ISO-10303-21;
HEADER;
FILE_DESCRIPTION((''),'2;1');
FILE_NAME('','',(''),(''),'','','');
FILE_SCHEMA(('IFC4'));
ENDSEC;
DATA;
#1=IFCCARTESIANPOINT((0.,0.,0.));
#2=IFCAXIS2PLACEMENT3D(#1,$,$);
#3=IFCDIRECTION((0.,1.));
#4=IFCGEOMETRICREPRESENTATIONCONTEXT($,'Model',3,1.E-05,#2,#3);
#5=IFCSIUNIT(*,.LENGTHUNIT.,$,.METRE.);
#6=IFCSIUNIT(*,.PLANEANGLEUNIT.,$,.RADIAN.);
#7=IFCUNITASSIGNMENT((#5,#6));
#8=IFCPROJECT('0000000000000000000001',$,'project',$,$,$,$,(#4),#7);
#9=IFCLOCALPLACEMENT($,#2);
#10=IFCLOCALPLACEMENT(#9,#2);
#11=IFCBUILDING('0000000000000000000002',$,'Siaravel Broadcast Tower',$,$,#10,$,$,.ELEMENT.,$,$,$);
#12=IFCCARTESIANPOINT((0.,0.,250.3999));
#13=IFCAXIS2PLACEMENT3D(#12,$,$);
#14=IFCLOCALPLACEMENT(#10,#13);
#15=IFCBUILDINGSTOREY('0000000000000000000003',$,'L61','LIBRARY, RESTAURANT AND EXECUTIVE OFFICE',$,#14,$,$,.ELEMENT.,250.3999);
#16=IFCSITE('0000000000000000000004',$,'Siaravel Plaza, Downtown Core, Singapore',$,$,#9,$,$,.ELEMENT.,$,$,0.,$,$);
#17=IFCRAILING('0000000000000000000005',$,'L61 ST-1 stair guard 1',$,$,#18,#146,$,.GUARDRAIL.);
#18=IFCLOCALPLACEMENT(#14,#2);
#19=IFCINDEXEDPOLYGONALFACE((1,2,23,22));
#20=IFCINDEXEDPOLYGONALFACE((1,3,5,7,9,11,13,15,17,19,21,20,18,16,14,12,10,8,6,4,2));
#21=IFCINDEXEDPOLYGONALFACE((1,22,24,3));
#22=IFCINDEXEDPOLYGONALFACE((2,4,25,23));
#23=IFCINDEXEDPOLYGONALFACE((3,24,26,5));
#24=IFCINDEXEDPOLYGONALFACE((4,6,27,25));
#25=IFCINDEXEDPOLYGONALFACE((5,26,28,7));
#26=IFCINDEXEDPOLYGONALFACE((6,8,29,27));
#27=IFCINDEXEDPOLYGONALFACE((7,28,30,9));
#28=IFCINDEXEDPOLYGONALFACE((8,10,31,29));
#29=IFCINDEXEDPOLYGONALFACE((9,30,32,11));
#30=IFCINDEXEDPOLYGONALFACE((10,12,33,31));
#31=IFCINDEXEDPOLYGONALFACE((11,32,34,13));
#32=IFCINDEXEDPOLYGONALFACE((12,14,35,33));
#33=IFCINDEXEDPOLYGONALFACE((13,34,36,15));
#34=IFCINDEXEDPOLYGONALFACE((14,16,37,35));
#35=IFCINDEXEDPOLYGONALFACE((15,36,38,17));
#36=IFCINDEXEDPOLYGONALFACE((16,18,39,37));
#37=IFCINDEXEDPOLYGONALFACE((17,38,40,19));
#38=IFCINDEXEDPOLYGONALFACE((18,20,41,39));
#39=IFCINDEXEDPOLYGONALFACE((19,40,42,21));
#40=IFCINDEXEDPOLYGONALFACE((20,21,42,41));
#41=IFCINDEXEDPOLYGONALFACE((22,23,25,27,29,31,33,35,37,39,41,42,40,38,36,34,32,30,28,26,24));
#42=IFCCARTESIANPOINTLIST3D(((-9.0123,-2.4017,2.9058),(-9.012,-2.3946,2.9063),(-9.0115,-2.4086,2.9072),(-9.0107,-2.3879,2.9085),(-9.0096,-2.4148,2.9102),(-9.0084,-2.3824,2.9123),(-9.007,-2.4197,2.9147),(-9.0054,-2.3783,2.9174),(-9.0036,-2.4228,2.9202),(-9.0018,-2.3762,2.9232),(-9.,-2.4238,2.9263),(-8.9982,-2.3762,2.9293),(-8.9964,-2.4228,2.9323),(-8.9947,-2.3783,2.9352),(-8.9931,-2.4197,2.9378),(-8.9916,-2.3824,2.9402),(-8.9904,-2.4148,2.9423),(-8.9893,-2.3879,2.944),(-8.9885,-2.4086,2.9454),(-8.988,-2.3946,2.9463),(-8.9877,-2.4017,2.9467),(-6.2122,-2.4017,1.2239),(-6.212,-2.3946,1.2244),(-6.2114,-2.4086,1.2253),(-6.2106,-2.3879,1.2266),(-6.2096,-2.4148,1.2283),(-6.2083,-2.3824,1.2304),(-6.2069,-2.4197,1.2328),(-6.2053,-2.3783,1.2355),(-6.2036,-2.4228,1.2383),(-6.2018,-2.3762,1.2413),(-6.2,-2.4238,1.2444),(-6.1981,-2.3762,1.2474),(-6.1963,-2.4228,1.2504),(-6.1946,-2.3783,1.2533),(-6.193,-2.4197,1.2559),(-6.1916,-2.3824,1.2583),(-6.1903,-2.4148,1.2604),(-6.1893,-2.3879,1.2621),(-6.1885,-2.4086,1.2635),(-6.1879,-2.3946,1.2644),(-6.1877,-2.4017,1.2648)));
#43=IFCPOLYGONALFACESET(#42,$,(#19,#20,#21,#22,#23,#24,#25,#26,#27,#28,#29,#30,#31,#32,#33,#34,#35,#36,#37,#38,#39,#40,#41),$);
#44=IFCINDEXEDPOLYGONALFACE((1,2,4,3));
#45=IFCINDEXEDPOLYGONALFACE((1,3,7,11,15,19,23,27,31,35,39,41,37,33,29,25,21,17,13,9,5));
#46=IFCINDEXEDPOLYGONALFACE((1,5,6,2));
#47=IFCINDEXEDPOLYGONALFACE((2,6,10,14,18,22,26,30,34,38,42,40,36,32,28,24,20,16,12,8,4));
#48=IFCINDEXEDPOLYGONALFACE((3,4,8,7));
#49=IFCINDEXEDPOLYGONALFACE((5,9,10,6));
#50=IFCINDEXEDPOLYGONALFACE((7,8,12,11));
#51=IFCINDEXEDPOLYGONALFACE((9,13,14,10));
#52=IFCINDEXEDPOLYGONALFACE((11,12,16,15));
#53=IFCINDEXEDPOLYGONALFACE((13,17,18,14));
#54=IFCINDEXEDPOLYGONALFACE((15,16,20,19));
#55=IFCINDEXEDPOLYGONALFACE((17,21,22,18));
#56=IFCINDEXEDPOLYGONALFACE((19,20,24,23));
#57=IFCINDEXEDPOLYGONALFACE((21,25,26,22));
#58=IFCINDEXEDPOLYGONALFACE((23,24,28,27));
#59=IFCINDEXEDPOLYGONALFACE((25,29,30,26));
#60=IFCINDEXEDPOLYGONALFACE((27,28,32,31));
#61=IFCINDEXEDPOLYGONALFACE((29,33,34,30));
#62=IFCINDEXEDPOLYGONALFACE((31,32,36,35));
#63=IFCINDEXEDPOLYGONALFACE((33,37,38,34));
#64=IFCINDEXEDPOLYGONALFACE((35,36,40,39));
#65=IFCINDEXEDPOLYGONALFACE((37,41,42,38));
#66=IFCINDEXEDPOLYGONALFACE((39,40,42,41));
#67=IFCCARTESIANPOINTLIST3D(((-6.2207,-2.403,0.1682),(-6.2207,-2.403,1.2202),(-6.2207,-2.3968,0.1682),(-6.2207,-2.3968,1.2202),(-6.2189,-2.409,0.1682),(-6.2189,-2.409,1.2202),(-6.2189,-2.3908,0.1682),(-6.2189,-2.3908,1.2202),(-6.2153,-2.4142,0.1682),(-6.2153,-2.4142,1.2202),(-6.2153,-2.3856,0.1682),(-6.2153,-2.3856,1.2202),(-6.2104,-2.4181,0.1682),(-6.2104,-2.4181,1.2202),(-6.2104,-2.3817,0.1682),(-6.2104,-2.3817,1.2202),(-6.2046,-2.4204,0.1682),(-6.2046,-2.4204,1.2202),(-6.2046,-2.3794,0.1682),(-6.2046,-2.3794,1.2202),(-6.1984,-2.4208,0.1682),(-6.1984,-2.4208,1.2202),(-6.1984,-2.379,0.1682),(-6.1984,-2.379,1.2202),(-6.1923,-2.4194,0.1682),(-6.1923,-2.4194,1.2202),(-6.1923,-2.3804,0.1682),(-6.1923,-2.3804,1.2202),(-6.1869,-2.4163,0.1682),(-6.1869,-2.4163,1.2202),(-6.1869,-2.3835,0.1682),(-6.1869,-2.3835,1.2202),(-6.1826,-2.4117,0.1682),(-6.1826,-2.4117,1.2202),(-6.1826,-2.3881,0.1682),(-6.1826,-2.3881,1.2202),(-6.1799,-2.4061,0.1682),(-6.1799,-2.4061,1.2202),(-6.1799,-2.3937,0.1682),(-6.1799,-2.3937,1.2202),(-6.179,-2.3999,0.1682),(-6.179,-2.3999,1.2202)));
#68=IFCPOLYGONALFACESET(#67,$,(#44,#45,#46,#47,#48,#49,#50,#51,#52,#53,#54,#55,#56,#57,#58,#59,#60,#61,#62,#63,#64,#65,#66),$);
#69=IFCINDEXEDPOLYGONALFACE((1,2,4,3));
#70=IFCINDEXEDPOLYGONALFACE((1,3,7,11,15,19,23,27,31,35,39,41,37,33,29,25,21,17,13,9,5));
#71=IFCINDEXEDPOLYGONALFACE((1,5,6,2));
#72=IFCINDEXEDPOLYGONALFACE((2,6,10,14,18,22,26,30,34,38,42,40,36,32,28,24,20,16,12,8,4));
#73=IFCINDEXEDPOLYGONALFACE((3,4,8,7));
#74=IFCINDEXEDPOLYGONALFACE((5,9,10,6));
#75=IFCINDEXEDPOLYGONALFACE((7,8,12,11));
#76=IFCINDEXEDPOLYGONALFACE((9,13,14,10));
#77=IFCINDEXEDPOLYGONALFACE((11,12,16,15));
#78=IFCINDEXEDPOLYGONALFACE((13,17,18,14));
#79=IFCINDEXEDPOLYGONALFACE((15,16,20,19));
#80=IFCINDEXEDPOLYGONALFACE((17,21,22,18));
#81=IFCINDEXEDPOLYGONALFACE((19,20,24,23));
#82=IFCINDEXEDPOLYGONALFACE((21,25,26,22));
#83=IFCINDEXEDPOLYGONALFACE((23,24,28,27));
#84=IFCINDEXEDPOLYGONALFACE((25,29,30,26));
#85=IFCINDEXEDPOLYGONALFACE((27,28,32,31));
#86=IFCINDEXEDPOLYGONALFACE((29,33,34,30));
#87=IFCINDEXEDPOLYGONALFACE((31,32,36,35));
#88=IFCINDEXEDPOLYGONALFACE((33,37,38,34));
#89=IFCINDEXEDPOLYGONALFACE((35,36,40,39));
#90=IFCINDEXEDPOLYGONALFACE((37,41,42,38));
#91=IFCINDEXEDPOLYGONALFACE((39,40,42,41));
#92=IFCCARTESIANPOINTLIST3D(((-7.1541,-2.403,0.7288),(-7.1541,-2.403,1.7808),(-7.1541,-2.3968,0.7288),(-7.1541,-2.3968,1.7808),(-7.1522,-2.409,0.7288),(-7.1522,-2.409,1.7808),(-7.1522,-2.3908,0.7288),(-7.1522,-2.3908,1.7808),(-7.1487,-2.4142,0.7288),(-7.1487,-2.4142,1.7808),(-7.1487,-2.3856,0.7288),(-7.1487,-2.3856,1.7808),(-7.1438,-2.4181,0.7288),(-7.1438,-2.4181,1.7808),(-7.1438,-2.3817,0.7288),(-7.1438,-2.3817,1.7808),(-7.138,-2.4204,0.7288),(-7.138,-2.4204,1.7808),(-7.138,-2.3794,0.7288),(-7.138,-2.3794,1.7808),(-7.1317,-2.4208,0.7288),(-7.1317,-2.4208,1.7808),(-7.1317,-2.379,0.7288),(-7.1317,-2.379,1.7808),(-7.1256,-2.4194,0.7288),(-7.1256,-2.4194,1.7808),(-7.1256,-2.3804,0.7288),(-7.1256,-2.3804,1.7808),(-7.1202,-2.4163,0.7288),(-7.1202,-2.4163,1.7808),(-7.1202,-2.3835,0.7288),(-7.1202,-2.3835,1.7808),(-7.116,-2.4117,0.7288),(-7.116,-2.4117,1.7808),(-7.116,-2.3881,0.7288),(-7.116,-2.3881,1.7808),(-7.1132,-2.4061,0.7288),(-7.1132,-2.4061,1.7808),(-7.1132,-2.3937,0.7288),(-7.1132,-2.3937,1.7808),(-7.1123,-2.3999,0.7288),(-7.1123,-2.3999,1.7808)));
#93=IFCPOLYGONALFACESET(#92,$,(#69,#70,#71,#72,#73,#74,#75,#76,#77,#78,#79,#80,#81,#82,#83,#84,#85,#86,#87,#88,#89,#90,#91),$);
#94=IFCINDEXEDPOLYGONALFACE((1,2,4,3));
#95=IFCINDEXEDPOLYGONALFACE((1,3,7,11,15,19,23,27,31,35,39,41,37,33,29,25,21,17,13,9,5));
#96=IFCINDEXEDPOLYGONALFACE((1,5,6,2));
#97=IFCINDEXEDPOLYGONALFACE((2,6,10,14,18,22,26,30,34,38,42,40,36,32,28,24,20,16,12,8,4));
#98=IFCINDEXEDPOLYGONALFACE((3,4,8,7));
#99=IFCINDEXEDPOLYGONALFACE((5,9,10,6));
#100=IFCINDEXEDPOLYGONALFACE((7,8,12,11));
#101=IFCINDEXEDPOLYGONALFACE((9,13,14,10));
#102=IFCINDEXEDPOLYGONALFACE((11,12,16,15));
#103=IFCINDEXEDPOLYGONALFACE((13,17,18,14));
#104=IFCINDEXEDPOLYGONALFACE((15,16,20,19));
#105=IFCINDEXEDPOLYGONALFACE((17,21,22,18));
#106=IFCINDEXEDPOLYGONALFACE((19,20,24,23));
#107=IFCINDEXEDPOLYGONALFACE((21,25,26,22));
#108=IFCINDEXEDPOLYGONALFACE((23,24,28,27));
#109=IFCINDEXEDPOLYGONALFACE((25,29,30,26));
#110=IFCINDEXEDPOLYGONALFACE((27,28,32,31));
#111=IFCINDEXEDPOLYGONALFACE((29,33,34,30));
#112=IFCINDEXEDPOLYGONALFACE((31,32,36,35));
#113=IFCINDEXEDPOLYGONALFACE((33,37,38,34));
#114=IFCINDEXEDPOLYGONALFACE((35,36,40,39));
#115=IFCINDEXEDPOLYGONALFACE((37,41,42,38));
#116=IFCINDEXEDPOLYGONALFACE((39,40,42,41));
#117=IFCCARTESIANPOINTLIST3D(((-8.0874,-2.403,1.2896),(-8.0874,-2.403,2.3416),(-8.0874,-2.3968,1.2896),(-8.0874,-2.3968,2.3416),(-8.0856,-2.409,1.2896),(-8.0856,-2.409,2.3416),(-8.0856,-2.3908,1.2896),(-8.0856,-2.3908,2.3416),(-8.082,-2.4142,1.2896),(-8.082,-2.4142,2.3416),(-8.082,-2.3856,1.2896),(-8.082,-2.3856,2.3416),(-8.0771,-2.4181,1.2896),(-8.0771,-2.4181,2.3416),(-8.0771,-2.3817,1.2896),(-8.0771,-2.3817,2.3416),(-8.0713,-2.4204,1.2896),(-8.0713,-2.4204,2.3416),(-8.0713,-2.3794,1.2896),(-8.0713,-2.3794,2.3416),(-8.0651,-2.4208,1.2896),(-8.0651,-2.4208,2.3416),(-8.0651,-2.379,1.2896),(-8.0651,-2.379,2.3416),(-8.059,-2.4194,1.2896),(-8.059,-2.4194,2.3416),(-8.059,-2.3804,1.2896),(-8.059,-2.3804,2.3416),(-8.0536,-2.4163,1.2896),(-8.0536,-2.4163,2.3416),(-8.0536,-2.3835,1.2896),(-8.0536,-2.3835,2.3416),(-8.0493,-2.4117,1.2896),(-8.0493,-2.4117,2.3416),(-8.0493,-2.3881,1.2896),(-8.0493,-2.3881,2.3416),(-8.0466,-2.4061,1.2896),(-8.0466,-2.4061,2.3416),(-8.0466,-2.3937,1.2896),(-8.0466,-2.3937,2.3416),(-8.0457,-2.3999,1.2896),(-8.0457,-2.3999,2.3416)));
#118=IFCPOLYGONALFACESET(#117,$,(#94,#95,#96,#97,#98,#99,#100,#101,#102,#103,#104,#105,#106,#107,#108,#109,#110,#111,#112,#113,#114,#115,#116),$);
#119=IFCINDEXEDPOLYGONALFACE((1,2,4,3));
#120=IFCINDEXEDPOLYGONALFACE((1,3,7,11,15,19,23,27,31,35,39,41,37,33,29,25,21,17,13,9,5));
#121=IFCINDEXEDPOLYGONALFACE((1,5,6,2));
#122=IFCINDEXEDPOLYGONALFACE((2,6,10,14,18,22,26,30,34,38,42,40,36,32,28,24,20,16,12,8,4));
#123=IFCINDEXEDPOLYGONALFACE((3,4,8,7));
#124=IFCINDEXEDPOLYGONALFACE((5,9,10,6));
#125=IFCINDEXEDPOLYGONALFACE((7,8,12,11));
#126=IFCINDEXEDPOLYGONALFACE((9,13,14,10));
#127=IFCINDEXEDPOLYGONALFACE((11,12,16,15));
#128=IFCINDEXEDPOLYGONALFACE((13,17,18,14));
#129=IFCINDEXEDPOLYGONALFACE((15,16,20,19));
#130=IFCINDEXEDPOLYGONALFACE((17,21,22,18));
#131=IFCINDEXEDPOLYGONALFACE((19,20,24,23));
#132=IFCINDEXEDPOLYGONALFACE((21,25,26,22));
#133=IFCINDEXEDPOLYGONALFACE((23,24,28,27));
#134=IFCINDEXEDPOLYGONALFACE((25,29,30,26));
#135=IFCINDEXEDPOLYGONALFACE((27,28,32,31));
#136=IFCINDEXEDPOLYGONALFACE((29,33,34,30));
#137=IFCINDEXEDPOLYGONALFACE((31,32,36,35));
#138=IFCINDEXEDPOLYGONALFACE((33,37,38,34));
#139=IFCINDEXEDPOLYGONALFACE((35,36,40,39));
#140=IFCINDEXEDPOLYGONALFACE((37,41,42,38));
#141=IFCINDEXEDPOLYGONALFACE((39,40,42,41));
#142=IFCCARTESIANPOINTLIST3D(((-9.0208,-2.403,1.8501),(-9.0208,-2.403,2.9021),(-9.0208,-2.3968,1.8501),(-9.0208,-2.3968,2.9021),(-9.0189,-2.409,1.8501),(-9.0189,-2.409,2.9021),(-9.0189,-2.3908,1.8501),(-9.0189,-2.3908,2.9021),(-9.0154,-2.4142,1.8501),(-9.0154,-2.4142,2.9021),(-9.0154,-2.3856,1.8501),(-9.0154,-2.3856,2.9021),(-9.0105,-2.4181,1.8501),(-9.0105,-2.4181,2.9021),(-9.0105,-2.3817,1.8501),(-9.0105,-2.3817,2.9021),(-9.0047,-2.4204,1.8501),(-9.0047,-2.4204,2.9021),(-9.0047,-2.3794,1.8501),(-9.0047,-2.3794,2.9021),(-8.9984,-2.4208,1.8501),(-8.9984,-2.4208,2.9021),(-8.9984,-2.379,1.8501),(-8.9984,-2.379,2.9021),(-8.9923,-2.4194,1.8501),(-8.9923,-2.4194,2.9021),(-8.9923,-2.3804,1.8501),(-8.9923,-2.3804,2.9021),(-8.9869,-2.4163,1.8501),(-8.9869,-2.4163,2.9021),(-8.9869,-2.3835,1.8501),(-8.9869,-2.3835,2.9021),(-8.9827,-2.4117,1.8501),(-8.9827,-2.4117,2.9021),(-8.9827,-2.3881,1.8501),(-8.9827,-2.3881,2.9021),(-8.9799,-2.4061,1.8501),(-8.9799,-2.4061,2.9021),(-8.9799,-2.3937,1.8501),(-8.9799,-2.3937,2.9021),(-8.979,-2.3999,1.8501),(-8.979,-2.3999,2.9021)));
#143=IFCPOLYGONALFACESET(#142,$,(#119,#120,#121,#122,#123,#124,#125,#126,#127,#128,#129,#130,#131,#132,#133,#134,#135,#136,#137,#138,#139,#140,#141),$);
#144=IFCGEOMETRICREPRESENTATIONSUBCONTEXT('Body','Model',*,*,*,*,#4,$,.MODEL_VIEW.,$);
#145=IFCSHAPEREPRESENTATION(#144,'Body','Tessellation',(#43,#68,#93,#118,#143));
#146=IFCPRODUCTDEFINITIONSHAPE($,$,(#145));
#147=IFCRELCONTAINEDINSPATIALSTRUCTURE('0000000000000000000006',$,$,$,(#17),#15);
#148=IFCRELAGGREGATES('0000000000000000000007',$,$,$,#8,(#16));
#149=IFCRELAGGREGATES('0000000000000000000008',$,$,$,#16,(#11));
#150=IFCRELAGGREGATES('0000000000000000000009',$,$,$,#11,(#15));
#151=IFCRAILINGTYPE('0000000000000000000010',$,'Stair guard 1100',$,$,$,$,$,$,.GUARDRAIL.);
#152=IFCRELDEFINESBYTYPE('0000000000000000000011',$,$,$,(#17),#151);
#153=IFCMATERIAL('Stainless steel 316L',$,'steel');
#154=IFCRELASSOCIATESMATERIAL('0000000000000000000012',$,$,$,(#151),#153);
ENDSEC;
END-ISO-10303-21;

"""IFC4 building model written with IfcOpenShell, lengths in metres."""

from ifc_helpers import new_model, si_unit, direction, frame, origin, origin_2d, place, context, subcontext, project, spatial, circle, extrude, material, type_object, element, save


model = new_model("IFC4")

# Units and contexts
model_context = context("Model", 3, precision=1e-05, world=origin(), true_north=direction((0.0, 1.0)))
body_context = subcontext(model_context, "Body", "Model", "MODEL_VIEW")
ifc_project = project(units=[si_unit("LENGTHUNIT", "METRE"), si_unit("PLANEANGLEUNIT", "RADIAN")], contexts=[model_context])

# Site, building, storey
site_placement = place(None, origin())
site = spatial("IfcSite", under=ifc_project, at=site_placement, Name="Siaravel Plaza, Downtown Core, Singapore", CompositionType="ELEMENT", RefElevation=0.0)
building_placement = place(site_placement, origin())
building = spatial("IfcBuilding", under=site, at=building_placement, Name="Siaravel Broadcast Tower", CompositionType="ELEMENT")
storey_placement = place(building_placement, frame((0.0, 0.0, 250.3999)))
storey = spatial("IfcBuildingStorey", under=building, at=storey_placement, Name="L61", Description="LIBRARY, RESTAURANT AND EXECUTIVE OFFICE", CompositionType="ELEMENT", Elevation=250.3999)

# Shared definitions
ifc_material_1 = material(Name="Stainless steel 316L", Category="steel")

# Railing
railing_type_1 = type_object("IfcRailingType", Name="Stair guard 1100", PredefinedType="GUARDRAIL", material=ifc_material_1)
railing_1_placement = place(storey_placement, frame((-6.2, -2.3999, 0.1682)))
element("IfcRailing", 1, at=railing_1_placement, inside=storey, type_object=railing_type_1, Name="L61 ST-1 stair guard 1", PredefinedType="GUARDRAIL", context=body_context, shape_type="SweptSolid", body=[
    extrude(circle(Radius=0.0239, at=origin_2d()), frame((0.0, 0.0, 1.0762), z_axis=(-0.857242, 0.0, 0.514913), x_axis=(0.0, -1.0, 0.0)), (0.0, 0.0, 1.0), 3.2664),
    extrude(circle(Radius=0.021, at=origin_2d()), origin(), (0.0, 0.0, 1.0), 1.052),
    extrude(circle(Radius=0.021, at=origin_2d()), frame((-0.9333, 0.0, 0.5605)), (0.0, 0.0, 1.0), 1.052),
    extrude(circle(Radius=0.021, at=origin_2d()), frame((-1.8667, 0.0, 1.1213)), (0.0, 0.0, 1.0), 1.052),
    extrude(circle(Radius=0.021, at=origin_2d()), frame((-2.8, 0.0, 1.6819)), (0.0, 0.0, 1.0), 1.052),
])

save(model, "model.ifc")
